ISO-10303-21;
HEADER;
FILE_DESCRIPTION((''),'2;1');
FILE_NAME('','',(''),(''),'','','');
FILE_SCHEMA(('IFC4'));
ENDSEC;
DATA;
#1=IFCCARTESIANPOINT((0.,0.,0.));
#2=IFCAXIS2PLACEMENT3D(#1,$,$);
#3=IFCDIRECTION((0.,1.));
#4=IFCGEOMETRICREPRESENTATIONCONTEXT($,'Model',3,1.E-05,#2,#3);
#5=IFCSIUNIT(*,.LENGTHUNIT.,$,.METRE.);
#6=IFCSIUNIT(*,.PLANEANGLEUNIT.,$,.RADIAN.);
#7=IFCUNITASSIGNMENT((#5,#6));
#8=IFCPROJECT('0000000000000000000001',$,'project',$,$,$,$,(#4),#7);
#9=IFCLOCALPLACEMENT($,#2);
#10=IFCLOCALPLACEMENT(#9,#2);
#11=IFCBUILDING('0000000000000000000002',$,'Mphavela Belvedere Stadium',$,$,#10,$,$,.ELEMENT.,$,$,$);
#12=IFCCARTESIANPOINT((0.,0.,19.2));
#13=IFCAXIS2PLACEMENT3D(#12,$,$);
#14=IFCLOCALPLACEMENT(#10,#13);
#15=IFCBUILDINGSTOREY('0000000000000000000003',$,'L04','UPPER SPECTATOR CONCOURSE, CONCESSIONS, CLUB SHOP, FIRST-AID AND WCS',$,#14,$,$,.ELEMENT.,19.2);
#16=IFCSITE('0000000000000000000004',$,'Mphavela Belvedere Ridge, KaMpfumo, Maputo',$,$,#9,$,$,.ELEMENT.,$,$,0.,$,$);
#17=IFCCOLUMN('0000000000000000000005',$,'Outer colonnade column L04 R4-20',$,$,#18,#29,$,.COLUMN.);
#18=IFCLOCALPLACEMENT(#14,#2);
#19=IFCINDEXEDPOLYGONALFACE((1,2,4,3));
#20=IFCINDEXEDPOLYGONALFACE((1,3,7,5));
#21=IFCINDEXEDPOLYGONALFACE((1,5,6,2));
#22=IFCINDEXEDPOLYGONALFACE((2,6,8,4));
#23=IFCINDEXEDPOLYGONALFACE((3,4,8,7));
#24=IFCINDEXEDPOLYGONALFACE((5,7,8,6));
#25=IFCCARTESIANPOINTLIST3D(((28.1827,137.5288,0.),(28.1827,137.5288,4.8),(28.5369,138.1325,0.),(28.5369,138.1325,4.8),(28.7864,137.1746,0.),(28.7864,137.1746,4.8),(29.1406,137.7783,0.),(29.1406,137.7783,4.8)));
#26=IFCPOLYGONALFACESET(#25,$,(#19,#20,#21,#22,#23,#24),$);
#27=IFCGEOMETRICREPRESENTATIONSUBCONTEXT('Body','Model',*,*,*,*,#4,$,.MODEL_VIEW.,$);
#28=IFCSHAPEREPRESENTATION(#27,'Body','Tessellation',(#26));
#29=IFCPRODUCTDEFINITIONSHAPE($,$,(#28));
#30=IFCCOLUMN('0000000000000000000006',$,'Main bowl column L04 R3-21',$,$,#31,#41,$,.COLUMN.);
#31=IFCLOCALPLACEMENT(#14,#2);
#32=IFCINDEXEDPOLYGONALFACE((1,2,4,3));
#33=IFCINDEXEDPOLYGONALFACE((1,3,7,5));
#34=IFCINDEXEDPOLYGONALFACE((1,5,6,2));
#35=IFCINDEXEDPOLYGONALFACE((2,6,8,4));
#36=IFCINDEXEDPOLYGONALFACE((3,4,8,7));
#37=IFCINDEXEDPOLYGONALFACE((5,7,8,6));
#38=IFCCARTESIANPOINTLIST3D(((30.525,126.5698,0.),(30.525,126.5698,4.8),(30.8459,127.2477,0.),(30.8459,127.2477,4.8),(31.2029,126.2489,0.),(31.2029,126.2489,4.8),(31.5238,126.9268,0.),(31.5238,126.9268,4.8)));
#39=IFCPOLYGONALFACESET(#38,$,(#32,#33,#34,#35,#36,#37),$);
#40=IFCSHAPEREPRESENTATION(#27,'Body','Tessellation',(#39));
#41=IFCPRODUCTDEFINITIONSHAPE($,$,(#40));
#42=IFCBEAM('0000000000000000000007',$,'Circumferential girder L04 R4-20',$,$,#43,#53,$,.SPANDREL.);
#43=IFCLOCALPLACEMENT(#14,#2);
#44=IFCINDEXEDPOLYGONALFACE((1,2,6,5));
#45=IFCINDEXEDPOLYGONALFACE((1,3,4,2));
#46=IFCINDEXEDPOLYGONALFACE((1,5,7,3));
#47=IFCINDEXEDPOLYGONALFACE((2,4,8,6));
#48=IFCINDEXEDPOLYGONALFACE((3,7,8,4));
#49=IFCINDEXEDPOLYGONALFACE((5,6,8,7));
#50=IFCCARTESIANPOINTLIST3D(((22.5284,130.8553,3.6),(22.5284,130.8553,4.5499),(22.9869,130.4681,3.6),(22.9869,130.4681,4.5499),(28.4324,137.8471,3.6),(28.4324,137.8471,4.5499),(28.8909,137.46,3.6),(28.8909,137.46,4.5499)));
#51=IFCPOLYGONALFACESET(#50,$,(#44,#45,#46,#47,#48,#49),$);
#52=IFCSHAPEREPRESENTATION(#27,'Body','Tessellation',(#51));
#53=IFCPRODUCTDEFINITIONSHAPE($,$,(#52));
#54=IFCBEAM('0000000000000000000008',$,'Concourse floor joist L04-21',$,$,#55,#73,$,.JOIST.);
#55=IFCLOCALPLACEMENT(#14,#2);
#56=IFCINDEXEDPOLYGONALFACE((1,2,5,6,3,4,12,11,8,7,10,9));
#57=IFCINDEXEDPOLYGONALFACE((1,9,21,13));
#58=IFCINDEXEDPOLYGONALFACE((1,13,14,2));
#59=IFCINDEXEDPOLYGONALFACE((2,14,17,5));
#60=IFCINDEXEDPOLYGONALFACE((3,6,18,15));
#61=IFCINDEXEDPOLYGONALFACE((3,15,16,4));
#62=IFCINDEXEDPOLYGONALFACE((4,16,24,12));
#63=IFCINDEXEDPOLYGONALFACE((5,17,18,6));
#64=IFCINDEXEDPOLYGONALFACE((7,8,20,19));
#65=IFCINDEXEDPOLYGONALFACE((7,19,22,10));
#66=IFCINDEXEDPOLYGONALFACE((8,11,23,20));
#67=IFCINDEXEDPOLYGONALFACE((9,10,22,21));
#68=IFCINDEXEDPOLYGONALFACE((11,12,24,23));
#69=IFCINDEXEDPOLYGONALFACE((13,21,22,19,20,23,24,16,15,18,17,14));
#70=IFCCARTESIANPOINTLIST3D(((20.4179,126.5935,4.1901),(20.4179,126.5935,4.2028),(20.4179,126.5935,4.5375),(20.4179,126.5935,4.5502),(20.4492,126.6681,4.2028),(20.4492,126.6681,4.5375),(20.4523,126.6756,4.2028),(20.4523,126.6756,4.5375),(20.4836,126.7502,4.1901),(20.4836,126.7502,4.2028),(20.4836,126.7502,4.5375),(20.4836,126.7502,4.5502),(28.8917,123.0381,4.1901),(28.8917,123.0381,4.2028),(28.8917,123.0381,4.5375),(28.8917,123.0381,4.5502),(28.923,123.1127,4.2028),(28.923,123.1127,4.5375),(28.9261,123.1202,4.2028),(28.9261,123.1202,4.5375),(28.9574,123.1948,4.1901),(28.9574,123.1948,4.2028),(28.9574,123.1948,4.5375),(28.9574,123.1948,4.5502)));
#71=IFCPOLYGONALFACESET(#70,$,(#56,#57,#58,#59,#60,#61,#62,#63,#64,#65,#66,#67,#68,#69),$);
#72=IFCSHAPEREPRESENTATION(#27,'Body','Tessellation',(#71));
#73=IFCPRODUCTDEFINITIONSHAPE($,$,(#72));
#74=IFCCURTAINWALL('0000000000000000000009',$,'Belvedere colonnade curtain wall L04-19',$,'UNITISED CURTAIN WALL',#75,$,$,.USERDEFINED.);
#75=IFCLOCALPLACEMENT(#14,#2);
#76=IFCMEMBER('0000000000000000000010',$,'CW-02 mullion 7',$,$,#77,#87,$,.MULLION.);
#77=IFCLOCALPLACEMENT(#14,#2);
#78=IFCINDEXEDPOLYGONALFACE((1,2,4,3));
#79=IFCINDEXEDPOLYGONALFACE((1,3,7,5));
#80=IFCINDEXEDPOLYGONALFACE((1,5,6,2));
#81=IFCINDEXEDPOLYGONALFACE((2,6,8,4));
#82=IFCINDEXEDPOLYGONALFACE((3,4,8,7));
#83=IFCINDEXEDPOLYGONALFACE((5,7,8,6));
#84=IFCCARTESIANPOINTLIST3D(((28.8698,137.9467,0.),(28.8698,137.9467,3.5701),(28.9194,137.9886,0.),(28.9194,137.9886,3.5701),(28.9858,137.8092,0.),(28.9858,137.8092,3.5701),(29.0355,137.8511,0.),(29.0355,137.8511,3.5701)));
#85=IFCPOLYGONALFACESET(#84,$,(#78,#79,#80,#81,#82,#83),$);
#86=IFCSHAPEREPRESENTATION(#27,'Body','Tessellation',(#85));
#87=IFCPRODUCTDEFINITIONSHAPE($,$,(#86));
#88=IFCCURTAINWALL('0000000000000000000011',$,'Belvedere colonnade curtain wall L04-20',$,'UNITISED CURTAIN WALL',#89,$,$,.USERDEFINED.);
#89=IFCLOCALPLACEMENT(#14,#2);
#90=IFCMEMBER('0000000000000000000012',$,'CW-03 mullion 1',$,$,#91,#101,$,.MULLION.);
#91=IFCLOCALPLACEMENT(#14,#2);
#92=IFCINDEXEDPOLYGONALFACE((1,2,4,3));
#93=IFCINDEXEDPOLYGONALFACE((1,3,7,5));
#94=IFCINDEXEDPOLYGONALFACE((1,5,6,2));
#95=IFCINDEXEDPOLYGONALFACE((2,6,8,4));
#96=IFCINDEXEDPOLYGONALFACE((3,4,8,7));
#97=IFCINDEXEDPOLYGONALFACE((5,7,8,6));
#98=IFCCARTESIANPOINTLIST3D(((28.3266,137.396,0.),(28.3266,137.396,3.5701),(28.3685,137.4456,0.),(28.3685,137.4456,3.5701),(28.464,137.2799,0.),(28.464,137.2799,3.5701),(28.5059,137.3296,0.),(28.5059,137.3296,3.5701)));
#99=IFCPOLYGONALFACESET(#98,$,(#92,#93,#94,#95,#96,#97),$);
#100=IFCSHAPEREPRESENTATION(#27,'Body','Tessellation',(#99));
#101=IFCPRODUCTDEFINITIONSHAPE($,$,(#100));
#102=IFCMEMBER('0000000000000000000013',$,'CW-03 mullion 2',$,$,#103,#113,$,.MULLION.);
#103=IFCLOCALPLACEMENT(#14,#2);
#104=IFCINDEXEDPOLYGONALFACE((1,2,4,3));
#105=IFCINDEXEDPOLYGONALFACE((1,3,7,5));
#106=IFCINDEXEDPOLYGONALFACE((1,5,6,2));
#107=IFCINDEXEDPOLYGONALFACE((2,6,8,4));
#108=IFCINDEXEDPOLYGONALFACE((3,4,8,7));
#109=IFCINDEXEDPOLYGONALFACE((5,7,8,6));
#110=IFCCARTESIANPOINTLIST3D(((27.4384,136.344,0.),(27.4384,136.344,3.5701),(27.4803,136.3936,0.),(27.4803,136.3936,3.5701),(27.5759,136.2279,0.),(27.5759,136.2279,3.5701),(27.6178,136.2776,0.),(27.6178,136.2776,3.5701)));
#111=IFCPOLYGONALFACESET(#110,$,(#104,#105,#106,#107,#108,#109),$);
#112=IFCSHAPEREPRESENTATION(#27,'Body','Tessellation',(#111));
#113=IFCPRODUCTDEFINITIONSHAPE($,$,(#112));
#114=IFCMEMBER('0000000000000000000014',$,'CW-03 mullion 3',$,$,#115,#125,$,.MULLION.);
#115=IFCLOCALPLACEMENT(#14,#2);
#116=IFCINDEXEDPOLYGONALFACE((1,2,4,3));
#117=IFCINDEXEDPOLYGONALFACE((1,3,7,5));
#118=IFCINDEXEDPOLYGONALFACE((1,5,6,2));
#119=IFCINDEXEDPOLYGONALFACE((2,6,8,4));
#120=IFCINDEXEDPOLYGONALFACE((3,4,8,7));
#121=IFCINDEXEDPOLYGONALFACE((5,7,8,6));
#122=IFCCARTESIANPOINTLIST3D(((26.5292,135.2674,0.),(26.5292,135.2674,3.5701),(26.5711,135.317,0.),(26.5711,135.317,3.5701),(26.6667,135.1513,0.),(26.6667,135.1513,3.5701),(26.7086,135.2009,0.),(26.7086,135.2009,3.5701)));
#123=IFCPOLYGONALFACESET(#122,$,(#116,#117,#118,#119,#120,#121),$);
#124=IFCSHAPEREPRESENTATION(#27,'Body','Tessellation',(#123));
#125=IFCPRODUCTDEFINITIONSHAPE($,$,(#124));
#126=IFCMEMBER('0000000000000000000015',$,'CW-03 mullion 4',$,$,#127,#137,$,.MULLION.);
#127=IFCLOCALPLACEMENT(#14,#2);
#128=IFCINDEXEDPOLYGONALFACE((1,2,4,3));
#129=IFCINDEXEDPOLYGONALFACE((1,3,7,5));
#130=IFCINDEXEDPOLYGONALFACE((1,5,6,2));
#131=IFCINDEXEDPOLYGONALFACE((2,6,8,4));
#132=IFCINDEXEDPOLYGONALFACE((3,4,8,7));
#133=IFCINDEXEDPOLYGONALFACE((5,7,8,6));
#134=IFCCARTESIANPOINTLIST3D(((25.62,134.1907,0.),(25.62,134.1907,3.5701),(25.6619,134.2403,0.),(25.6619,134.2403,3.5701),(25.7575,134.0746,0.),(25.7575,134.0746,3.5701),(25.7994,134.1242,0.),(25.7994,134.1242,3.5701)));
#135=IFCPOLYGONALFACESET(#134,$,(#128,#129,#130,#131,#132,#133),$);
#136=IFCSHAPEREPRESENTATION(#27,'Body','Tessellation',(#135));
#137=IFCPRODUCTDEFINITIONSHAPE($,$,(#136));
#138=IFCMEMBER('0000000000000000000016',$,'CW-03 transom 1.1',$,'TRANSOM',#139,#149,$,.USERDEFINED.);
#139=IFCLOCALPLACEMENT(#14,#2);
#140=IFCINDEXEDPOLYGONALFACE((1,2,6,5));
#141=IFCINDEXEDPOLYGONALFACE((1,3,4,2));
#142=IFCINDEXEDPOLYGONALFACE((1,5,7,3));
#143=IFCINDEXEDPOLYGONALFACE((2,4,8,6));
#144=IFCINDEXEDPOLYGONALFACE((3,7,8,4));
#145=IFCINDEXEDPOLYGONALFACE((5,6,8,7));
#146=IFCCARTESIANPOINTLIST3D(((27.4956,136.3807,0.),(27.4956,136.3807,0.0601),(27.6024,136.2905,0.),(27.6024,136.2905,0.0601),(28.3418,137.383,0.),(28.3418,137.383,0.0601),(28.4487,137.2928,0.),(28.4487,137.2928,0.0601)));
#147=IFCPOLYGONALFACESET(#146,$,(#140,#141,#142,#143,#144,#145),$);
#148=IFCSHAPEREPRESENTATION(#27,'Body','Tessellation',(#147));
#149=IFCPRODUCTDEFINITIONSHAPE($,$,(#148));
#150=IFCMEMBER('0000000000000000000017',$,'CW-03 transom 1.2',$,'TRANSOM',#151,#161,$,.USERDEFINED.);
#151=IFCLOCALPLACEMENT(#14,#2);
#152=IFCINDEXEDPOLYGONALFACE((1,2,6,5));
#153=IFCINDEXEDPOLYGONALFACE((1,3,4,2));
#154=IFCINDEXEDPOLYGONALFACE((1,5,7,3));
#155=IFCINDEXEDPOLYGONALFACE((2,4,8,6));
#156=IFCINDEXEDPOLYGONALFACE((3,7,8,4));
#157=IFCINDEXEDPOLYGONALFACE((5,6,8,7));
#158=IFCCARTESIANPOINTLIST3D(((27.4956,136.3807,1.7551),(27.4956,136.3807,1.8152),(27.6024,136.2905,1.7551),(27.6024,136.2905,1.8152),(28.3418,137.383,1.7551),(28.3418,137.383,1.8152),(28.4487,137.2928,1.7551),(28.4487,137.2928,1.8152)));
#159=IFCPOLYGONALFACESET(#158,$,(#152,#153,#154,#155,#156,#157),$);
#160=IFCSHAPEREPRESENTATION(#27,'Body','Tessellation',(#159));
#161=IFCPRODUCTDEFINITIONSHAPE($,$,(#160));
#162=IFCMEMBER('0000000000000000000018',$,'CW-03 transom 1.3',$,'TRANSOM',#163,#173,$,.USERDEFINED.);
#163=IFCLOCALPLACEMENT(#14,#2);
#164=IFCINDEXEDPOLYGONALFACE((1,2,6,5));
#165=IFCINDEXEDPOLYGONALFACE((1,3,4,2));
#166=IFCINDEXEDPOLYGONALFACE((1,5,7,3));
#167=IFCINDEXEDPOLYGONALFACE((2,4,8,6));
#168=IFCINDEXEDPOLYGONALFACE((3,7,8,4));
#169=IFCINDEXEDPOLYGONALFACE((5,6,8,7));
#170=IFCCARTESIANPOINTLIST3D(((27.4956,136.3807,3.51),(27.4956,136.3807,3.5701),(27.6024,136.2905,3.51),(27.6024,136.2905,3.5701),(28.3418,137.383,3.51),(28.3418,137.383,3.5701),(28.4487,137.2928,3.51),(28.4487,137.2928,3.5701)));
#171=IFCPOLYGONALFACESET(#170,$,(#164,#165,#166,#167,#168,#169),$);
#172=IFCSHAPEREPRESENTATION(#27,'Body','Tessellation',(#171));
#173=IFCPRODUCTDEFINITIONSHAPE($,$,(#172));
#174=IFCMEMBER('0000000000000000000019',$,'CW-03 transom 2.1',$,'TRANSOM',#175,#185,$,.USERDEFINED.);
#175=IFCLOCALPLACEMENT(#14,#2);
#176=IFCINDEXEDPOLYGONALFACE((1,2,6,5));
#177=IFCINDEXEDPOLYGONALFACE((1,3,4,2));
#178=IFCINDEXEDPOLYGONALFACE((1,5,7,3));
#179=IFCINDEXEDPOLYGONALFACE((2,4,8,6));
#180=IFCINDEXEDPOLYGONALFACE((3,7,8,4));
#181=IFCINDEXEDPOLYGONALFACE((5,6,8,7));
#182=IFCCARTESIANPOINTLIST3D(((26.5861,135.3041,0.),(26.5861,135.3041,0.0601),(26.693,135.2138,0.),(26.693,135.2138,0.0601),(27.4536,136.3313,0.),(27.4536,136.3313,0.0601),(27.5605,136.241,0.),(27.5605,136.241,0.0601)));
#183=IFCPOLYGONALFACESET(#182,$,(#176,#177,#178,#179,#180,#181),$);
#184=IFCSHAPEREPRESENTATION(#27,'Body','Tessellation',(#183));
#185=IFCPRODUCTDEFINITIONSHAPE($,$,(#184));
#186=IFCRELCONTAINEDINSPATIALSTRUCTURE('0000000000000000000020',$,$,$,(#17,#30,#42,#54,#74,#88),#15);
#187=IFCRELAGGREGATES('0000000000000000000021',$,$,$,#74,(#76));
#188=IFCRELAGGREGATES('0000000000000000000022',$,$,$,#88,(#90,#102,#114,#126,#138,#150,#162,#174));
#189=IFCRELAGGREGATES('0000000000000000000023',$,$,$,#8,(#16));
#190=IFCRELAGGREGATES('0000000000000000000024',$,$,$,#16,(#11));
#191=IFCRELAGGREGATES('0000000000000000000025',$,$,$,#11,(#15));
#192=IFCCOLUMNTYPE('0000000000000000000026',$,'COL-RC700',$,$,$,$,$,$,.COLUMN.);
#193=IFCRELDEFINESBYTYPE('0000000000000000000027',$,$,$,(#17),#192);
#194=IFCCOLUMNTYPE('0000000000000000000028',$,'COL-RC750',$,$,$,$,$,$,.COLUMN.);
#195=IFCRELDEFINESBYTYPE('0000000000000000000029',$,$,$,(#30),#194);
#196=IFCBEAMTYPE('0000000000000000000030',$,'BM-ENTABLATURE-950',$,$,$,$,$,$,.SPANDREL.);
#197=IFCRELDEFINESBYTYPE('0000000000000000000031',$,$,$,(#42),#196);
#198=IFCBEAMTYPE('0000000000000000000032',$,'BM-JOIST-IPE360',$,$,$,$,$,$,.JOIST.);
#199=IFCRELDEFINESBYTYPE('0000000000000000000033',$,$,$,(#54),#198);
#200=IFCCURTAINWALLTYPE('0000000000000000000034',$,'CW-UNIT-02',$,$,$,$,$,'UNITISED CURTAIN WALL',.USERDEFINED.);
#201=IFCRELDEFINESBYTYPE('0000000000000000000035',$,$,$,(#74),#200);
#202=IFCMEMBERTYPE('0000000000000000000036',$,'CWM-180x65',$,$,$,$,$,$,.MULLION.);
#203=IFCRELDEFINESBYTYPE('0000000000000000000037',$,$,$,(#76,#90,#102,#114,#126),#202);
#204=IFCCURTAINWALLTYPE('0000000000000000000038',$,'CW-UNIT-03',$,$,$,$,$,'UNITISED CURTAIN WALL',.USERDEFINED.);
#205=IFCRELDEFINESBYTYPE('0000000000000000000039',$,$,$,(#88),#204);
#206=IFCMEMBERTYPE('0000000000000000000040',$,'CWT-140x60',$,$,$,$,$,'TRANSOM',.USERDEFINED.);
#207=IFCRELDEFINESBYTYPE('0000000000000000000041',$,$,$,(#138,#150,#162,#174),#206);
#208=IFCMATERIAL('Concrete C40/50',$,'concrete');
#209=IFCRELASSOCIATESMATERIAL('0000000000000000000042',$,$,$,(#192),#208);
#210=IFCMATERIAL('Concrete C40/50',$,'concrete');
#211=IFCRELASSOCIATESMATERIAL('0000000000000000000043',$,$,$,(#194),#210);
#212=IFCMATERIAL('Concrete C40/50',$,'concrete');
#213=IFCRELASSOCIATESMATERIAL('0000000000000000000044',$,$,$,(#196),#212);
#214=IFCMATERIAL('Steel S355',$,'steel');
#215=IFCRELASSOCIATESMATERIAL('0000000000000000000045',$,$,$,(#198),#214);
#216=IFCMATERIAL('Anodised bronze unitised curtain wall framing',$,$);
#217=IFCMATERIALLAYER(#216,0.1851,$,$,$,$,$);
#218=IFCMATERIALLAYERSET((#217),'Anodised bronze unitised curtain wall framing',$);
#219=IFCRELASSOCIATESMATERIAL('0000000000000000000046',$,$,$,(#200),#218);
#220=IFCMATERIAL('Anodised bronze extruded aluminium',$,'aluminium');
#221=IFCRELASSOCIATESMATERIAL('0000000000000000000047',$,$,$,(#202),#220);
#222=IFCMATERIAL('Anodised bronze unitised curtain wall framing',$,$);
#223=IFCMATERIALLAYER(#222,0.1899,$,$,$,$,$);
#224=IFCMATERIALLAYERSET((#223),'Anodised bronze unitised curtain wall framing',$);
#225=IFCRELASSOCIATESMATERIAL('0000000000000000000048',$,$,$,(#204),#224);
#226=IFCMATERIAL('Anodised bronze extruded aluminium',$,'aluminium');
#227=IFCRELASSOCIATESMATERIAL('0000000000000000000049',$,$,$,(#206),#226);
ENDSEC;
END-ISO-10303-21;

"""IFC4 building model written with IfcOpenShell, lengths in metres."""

from ifc_helpers import new_model, si_unit, direction, frame, origin, origin_2d, place, context, subcontext, project, spatial, rectangle, i_section, extrude, material, layer, layer_set, material_profile, profile_set, type_object, element, aggregate, save


model = new_model("IFC4")

# Units and contexts
model_context = context("Model", 3, precision=1e-05, world=origin(), true_north=direction((0.0, 1.0)))
body_context = subcontext(model_context, "Body", "Model", "MODEL_VIEW")
ifc_project = project(units=[si_unit("LENGTHUNIT", "METRE"), si_unit("PLANEANGLEUNIT", "RADIAN")], contexts=[model_context])

# Site, building, storey
site_placement = place(None, origin())
site = spatial("IfcSite", under=ifc_project, at=site_placement, Name="Mphavela Belvedere Ridge, KaMpfumo, Maputo", CompositionType="ELEMENT", RefElevation=0.0)
building_placement = place(site_placement, origin())
building = spatial("IfcBuilding", under=site, at=building_placement, Name="Mphavela Belvedere Stadium", CompositionType="ELEMENT")
storey_placement = place(building_placement, frame((0.0, 0.0, 19.2)))
storey = spatial("IfcBuildingStorey", under=building, at=storey_placement, Name="L04", Description="UPPER SPECTATOR CONCOURSE, CONCESSIONS, CLUB SHOP, FIRST-AID AND WCS", CompositionType="ELEMENT", Elevation=19.2)

# Columns
ifc_material_1 = material(Name="Concrete C40/50", Category="concrete")
ifc_material_profile_1 = material_profile(ifc_material_1, rectangle(XDim=0.7, YDim=0.7, at=origin_2d()), Name="RC 700x700")
ifc_profile_set_1 = profile_set([ifc_material_profile_1], Name="Concrete C40/50")
column_type_1 = type_object("IfcColumnType", Name="COL-RC700", PredefinedType="COLUMN", material=ifc_profile_set_1)
column_1_placement = place(storey_placement, frame((28.6616, 137.6536, 0.0), z_axis=(0.0, 0.0, 1.0), x_axis=(-0.862514, 0.506034, 0.0)))
element("IfcColumn", 1, at=column_1_placement, inside=storey, type_object=column_type_1, Name="Outer colonnade column L04 R4-20", PredefinedType="COLUMN", context=body_context, shape_type="SweptSolid", body=[
    extrude(rectangle(XDim=0.7, YDim=0.7, at=origin_2d()), origin(), (0.0, 0.0, 1.0), 4.8),
])
ifc_material_2 = material(Name="Concrete C40/50", Category="concrete")
ifc_material_profile_2 = material_profile(ifc_material_2, rectangle(XDim=0.75, YDim=0.75, at=origin_2d()), Name="RC 750x750")
ifc_profile_set_2 = profile_set([ifc_material_profile_2], Name="Concrete C40/50")
column_type_2 = type_object("IfcColumnType", Name="COL-RC750", PredefinedType="COLUMN", material=ifc_profile_set_2)
column_2_placement = place(storey_placement, frame((31.0244, 126.7483, 0.0), z_axis=(0.0, 0.0, 1.0), x_axis=(-0.903859, 0.427831, 0.0)))
element("IfcColumn", 2, at=column_2_placement, inside=storey, type_object=column_type_2, Name="Main bowl column L04 R3-21", PredefinedType="COLUMN", context=body_context, shape_type="SweptSolid", body=[
    extrude(rectangle(XDim=0.75, YDim=0.75, at=origin_2d()), origin(), (0.0, 0.0, 1.0), 4.8),
])

# Beams
ifc_material_3 = material(Name="Concrete C40/50", Category="concrete")
ifc_material_profile_3 = material_profile(ifc_material_3, rectangle(XDim=0.6001, YDim=0.95, at=origin_2d()), Name="RC 600x950")
ifc_profile_set_3 = profile_set([ifc_material_profile_3], Name="Concrete C40/50")
beam_type_1 = type_object("IfcBeamType", Name="BM-ENTABLATURE-950", PredefinedType="SPANDREL", material=ifc_profile_set_3)
beam_1_placement = place(storey_placement, frame((28.6616, 137.6536, 4.075), z_axis=(-0.645165, -0.764044, 0.0), x_axis=(0.764044, -0.645165, 0.0)))
element("IfcBeam", 3, at=beam_1_placement, inside=storey, type_object=beam_type_1, Name="Circumferential girder L04 R4-20", PredefinedType="SPANDREL", context=body_context, shape_type="SweptSolid", body=[
    extrude(rectangle(XDim=0.6001, YDim=0.95, at=origin_2d()), origin(), (0.0, 0.0, 1.0), 9.1511),
])
ifc_material_4 = material(Name="Steel S355", Category="steel")
ifc_material_profile_4 = material_profile(ifc_material_4, i_section(OverallWidth=0.1699, OverallDepth=0.3601, WebThickness=0.0081, FlangeThickness=0.0127, at=origin_2d()), Name="IPE 360")
ifc_profile_set_4 = profile_set([ifc_material_profile_4], Name="Steel S355")
beam_type_2 = type_object("IfcBeamType", Name="BM-JOIST-IPE360", PredefinedType="JOIST", material=ifc_profile_set_4)
beam_2_placement = place(storey_placement, frame((28.9246, 123.1165, 4.3701), z_axis=(-0.922122, 0.386899, 0.0), x_axis=(-0.386899, -0.922122, 0.0)))
element("IfcBeam", 4, at=beam_2_placement, inside=storey, type_object=beam_type_2, Name="Concourse floor joist L04-21", PredefinedType="JOIST", context=body_context, shape_type="SweptSolid", body=[
    extrude(i_section(OverallWidth=0.1699, OverallDepth=0.3601, WebThickness=0.0081, FlangeThickness=0.0127, at=origin_2d()), origin(), (0.0, 0.0, 1.0), 9.1895),
])

# Curtain wall, member
ifc_material_5 = material(Name="Anodised bronze unitised curtain wall framing")
ifc_layer_1 = layer(ifc_material_5, 0.1851)
ifc_layer_set_1 = layer_set([ifc_layer_1], Name="Anodised bronze unitised curtain wall framing")
curtain_wall_type_1 = type_object("IfcCurtainWallType", Name="CW-UNIT-02", ElementType="UNITISED CURTAIN WALL", PredefinedType="USERDEFINED", material=ifc_layer_set_1)
curtain_wall_1_placement = place(storey_placement, origin())
curtain_wall_1 = element("IfcCurtainWall", 5, at=curtain_wall_1_placement, inside=storey, type_object=curtain_wall_type_1, Name="Belvedere colonnade curtain wall L04-19", ObjectType="UNITISED CURTAIN WALL", PredefinedType="USERDEFINED")
ifc_material_6 = material(Name="Anodised bronze extruded aluminium", Category="aluminium")
ifc_material_profile_5 = material_profile(ifc_material_6, rectangle(XDim=0.1799, YDim=0.0649, at=origin_2d()), Name="CW-MUL 180x65")
ifc_profile_set_5 = profile_set([ifc_material_profile_5], Name="Anodised bronze extruded aluminium")
member_type_1 = type_object("IfcMemberType", Name="CWM-180x65", PredefinedType="MULLION", material=ifc_profile_set_5)
member_1_placement = place(storey_placement, frame((28.9526, 137.8989, 0.0), z_axis=(0.0, 0.0, 1.0), x_axis=(0.644916, -0.764253, 0.0)))
member_1 = element("IfcMember", 6, at=member_1_placement, type_object=member_type_1, Name="CW-02 mullion 7", PredefinedType="MULLION", context=body_context, shape_type="SweptSolid", body=[
    extrude(rectangle(XDim=0.1799, YDim=0.0649, at=origin_2d()), origin(), (0.0, 0.0, 1.0), 3.5701),
])

# Curtain wall, members
ifc_material_7 = material(Name="Anodised bronze unitised curtain wall framing")
ifc_layer_2 = layer(ifc_material_7, 0.1899)
ifc_layer_set_2 = layer_set([ifc_layer_2], Name="Anodised bronze unitised curtain wall framing")
curtain_wall_type_2 = type_object("IfcCurtainWallType", Name="CW-UNIT-03", ElementType="UNITISED CURTAIN WALL", PredefinedType="USERDEFINED", material=ifc_layer_set_2)
curtain_wall_2_placement = place(storey_placement, origin())
curtain_wall_2 = element("IfcCurtainWall", 7, at=curtain_wall_2_placement, inside=storey, type_object=curtain_wall_type_2, Name="Belvedere colonnade curtain wall L04-20", ObjectType="UNITISED CURTAIN WALL", PredefinedType="USERDEFINED")
member_2_placement = place(storey_placement, frame((28.4163, 137.3628, 0.0), z_axis=(0.0, 0.0, 1.0), x_axis=(0.764035, -0.645175, 0.0)))
member_2 = element("IfcMember", 8, at=member_2_placement, type_object=member_type_1, Name="CW-03 mullion 1", PredefinedType="MULLION", context=body_context, shape_type="SweptSolid", body=[
    extrude(rectangle(XDim=0.1799, YDim=0.0649, at=origin_2d()), origin(), (0.0, 0.0, 1.0), 3.5701),
])
member_3_placement = place(storey_placement, frame((27.5281, 136.3108, 0.0), z_axis=(0.0, 0.0, 1.0), x_axis=(0.764035, -0.645175, 0.0)))
member_3 = element("IfcMember", 9, at=member_3_placement, type_object=member_type_1, Name="CW-03 mullion 2", PredefinedType="MULLION", context=body_context, shape_type="SweptSolid", body=[
    extrude(rectangle(XDim=0.1799, YDim=0.0649, at=origin_2d()), origin(), (0.0, 0.0, 1.0), 3.5701),
])
member_4_placement = place(storey_placement, frame((26.6189, 135.2341, 0.0), z_axis=(0.0, 0.0, 1.0), x_axis=(0.764035, -0.645175, 0.0)))
member_4 = element("IfcMember", 10, at=member_4_placement, type_object=member_type_1, Name="CW-03 mullion 3", PredefinedType="MULLION", context=body_context, shape_type="SweptSolid", body=[
    extrude(rectangle(XDim=0.1799, YDim=0.0649, at=origin_2d()), origin(), (0.0, 0.0, 1.0), 3.5701),
])
member_5_placement = place(storey_placement, frame((25.7097, 134.1575, 0.0), z_axis=(0.0, 0.0, 1.0), x_axis=(0.764035, -0.645175, 0.0)))
member_5 = element("IfcMember", 11, at=member_5_placement, type_object=member_type_1, Name="CW-03 mullion 4", PredefinedType="MULLION", context=body_context, shape_type="SweptSolid", body=[
    extrude(rectangle(XDim=0.1799, YDim=0.0649, at=origin_2d()), origin(), (0.0, 0.0, 1.0), 3.5701),
])
ifc_material_8 = material(Name="Anodised bronze extruded aluminium", Category="aluminium")
ifc_material_profile_6 = material_profile(ifc_material_8, rectangle(XDim=0.1399, YDim=0.0601, at=origin_2d()), Name="CW-TRN 140x60")
ifc_profile_set_6 = profile_set([ifc_material_profile_6], Name="Anodised bronze extruded aluminium")
member_type_2 = type_object("IfcMemberType", Name="CWT-140x60", ElementType="TRANSOM", PredefinedType="USERDEFINED", material=ifc_profile_set_6)
member_6_placement = place(storey_placement, frame((28.3953, 137.3379, 0.03), z_axis=(-0.645133, -0.764071, 0.0), x_axis=(0.764071, -0.645133, 0.0)))
member_6 = element("IfcMember", 12, at=member_6_placement, type_object=member_type_2, Name="CW-03 transom 1.1", ObjectType="TRANSOM", PredefinedType="USERDEFINED", context=body_context, shape_type="SweptSolid", body=[
    extrude(rectangle(XDim=0.1399, YDim=0.0601, at=origin_2d()), origin(), (0.0, 0.0, 1.0), 1.3118),
])
member_7_placement = place(storey_placement, frame((28.3953, 137.3379, 1.7852), z_axis=(-0.645133, -0.764071, 0.0), x_axis=(0.764071, -0.645133, 0.0)))
member_7 = element("IfcMember", 13, at=member_7_placement, type_object=member_type_2, Name="CW-03 transom 1.2", ObjectType="TRANSOM", PredefinedType="USERDEFINED", context=body_context, shape_type="SweptSolid", body=[
    extrude(rectangle(XDim=0.1399, YDim=0.0601, at=origin_2d()), origin(), (0.0, 0.0, 1.0), 1.3118),
])
member_8_placement = place(storey_placement, frame((28.3953, 137.3379, 3.54), z_axis=(-0.645133, -0.764071, 0.0), x_axis=(0.764071, -0.645133, 0.0)))
member_8 = element("IfcMember", 14, at=member_8_placement, type_object=member_type_2, Name="CW-03 transom 1.3", ObjectType="TRANSOM", PredefinedType="USERDEFINED", context=body_context, shape_type="SweptSolid", body=[
    extrude(rectangle(XDim=0.1399, YDim=0.0601, at=origin_2d()), origin(), (0.0, 0.0, 1.0), 1.3118),
])
member_9_placement = place(storey_placement, frame((27.5071, 136.2861, 0.03), z_axis=(-0.645226, -0.763992, 0.0), x_axis=(0.763992, -0.645226, 0.0)))
member_9 = element("IfcMember", 15, at=member_9_placement, type_object=member_type_2, Name="CW-03 transom 2.1", ObjectType="TRANSOM", PredefinedType="USERDEFINED", context=body_context, shape_type="SweptSolid", body=[
    extrude(rectangle(XDim=0.1399, YDim=0.0601, at=origin_2d()), origin(), (0.0, 0.0, 1.0), 1.3445),
])

aggregate(curtain_wall_1, [member_1])
aggregate(curtain_wall_2, [member_2, member_3, member_4, member_5, member_6, member_7, member_8, member_9])

save(model, "model.ifc")
